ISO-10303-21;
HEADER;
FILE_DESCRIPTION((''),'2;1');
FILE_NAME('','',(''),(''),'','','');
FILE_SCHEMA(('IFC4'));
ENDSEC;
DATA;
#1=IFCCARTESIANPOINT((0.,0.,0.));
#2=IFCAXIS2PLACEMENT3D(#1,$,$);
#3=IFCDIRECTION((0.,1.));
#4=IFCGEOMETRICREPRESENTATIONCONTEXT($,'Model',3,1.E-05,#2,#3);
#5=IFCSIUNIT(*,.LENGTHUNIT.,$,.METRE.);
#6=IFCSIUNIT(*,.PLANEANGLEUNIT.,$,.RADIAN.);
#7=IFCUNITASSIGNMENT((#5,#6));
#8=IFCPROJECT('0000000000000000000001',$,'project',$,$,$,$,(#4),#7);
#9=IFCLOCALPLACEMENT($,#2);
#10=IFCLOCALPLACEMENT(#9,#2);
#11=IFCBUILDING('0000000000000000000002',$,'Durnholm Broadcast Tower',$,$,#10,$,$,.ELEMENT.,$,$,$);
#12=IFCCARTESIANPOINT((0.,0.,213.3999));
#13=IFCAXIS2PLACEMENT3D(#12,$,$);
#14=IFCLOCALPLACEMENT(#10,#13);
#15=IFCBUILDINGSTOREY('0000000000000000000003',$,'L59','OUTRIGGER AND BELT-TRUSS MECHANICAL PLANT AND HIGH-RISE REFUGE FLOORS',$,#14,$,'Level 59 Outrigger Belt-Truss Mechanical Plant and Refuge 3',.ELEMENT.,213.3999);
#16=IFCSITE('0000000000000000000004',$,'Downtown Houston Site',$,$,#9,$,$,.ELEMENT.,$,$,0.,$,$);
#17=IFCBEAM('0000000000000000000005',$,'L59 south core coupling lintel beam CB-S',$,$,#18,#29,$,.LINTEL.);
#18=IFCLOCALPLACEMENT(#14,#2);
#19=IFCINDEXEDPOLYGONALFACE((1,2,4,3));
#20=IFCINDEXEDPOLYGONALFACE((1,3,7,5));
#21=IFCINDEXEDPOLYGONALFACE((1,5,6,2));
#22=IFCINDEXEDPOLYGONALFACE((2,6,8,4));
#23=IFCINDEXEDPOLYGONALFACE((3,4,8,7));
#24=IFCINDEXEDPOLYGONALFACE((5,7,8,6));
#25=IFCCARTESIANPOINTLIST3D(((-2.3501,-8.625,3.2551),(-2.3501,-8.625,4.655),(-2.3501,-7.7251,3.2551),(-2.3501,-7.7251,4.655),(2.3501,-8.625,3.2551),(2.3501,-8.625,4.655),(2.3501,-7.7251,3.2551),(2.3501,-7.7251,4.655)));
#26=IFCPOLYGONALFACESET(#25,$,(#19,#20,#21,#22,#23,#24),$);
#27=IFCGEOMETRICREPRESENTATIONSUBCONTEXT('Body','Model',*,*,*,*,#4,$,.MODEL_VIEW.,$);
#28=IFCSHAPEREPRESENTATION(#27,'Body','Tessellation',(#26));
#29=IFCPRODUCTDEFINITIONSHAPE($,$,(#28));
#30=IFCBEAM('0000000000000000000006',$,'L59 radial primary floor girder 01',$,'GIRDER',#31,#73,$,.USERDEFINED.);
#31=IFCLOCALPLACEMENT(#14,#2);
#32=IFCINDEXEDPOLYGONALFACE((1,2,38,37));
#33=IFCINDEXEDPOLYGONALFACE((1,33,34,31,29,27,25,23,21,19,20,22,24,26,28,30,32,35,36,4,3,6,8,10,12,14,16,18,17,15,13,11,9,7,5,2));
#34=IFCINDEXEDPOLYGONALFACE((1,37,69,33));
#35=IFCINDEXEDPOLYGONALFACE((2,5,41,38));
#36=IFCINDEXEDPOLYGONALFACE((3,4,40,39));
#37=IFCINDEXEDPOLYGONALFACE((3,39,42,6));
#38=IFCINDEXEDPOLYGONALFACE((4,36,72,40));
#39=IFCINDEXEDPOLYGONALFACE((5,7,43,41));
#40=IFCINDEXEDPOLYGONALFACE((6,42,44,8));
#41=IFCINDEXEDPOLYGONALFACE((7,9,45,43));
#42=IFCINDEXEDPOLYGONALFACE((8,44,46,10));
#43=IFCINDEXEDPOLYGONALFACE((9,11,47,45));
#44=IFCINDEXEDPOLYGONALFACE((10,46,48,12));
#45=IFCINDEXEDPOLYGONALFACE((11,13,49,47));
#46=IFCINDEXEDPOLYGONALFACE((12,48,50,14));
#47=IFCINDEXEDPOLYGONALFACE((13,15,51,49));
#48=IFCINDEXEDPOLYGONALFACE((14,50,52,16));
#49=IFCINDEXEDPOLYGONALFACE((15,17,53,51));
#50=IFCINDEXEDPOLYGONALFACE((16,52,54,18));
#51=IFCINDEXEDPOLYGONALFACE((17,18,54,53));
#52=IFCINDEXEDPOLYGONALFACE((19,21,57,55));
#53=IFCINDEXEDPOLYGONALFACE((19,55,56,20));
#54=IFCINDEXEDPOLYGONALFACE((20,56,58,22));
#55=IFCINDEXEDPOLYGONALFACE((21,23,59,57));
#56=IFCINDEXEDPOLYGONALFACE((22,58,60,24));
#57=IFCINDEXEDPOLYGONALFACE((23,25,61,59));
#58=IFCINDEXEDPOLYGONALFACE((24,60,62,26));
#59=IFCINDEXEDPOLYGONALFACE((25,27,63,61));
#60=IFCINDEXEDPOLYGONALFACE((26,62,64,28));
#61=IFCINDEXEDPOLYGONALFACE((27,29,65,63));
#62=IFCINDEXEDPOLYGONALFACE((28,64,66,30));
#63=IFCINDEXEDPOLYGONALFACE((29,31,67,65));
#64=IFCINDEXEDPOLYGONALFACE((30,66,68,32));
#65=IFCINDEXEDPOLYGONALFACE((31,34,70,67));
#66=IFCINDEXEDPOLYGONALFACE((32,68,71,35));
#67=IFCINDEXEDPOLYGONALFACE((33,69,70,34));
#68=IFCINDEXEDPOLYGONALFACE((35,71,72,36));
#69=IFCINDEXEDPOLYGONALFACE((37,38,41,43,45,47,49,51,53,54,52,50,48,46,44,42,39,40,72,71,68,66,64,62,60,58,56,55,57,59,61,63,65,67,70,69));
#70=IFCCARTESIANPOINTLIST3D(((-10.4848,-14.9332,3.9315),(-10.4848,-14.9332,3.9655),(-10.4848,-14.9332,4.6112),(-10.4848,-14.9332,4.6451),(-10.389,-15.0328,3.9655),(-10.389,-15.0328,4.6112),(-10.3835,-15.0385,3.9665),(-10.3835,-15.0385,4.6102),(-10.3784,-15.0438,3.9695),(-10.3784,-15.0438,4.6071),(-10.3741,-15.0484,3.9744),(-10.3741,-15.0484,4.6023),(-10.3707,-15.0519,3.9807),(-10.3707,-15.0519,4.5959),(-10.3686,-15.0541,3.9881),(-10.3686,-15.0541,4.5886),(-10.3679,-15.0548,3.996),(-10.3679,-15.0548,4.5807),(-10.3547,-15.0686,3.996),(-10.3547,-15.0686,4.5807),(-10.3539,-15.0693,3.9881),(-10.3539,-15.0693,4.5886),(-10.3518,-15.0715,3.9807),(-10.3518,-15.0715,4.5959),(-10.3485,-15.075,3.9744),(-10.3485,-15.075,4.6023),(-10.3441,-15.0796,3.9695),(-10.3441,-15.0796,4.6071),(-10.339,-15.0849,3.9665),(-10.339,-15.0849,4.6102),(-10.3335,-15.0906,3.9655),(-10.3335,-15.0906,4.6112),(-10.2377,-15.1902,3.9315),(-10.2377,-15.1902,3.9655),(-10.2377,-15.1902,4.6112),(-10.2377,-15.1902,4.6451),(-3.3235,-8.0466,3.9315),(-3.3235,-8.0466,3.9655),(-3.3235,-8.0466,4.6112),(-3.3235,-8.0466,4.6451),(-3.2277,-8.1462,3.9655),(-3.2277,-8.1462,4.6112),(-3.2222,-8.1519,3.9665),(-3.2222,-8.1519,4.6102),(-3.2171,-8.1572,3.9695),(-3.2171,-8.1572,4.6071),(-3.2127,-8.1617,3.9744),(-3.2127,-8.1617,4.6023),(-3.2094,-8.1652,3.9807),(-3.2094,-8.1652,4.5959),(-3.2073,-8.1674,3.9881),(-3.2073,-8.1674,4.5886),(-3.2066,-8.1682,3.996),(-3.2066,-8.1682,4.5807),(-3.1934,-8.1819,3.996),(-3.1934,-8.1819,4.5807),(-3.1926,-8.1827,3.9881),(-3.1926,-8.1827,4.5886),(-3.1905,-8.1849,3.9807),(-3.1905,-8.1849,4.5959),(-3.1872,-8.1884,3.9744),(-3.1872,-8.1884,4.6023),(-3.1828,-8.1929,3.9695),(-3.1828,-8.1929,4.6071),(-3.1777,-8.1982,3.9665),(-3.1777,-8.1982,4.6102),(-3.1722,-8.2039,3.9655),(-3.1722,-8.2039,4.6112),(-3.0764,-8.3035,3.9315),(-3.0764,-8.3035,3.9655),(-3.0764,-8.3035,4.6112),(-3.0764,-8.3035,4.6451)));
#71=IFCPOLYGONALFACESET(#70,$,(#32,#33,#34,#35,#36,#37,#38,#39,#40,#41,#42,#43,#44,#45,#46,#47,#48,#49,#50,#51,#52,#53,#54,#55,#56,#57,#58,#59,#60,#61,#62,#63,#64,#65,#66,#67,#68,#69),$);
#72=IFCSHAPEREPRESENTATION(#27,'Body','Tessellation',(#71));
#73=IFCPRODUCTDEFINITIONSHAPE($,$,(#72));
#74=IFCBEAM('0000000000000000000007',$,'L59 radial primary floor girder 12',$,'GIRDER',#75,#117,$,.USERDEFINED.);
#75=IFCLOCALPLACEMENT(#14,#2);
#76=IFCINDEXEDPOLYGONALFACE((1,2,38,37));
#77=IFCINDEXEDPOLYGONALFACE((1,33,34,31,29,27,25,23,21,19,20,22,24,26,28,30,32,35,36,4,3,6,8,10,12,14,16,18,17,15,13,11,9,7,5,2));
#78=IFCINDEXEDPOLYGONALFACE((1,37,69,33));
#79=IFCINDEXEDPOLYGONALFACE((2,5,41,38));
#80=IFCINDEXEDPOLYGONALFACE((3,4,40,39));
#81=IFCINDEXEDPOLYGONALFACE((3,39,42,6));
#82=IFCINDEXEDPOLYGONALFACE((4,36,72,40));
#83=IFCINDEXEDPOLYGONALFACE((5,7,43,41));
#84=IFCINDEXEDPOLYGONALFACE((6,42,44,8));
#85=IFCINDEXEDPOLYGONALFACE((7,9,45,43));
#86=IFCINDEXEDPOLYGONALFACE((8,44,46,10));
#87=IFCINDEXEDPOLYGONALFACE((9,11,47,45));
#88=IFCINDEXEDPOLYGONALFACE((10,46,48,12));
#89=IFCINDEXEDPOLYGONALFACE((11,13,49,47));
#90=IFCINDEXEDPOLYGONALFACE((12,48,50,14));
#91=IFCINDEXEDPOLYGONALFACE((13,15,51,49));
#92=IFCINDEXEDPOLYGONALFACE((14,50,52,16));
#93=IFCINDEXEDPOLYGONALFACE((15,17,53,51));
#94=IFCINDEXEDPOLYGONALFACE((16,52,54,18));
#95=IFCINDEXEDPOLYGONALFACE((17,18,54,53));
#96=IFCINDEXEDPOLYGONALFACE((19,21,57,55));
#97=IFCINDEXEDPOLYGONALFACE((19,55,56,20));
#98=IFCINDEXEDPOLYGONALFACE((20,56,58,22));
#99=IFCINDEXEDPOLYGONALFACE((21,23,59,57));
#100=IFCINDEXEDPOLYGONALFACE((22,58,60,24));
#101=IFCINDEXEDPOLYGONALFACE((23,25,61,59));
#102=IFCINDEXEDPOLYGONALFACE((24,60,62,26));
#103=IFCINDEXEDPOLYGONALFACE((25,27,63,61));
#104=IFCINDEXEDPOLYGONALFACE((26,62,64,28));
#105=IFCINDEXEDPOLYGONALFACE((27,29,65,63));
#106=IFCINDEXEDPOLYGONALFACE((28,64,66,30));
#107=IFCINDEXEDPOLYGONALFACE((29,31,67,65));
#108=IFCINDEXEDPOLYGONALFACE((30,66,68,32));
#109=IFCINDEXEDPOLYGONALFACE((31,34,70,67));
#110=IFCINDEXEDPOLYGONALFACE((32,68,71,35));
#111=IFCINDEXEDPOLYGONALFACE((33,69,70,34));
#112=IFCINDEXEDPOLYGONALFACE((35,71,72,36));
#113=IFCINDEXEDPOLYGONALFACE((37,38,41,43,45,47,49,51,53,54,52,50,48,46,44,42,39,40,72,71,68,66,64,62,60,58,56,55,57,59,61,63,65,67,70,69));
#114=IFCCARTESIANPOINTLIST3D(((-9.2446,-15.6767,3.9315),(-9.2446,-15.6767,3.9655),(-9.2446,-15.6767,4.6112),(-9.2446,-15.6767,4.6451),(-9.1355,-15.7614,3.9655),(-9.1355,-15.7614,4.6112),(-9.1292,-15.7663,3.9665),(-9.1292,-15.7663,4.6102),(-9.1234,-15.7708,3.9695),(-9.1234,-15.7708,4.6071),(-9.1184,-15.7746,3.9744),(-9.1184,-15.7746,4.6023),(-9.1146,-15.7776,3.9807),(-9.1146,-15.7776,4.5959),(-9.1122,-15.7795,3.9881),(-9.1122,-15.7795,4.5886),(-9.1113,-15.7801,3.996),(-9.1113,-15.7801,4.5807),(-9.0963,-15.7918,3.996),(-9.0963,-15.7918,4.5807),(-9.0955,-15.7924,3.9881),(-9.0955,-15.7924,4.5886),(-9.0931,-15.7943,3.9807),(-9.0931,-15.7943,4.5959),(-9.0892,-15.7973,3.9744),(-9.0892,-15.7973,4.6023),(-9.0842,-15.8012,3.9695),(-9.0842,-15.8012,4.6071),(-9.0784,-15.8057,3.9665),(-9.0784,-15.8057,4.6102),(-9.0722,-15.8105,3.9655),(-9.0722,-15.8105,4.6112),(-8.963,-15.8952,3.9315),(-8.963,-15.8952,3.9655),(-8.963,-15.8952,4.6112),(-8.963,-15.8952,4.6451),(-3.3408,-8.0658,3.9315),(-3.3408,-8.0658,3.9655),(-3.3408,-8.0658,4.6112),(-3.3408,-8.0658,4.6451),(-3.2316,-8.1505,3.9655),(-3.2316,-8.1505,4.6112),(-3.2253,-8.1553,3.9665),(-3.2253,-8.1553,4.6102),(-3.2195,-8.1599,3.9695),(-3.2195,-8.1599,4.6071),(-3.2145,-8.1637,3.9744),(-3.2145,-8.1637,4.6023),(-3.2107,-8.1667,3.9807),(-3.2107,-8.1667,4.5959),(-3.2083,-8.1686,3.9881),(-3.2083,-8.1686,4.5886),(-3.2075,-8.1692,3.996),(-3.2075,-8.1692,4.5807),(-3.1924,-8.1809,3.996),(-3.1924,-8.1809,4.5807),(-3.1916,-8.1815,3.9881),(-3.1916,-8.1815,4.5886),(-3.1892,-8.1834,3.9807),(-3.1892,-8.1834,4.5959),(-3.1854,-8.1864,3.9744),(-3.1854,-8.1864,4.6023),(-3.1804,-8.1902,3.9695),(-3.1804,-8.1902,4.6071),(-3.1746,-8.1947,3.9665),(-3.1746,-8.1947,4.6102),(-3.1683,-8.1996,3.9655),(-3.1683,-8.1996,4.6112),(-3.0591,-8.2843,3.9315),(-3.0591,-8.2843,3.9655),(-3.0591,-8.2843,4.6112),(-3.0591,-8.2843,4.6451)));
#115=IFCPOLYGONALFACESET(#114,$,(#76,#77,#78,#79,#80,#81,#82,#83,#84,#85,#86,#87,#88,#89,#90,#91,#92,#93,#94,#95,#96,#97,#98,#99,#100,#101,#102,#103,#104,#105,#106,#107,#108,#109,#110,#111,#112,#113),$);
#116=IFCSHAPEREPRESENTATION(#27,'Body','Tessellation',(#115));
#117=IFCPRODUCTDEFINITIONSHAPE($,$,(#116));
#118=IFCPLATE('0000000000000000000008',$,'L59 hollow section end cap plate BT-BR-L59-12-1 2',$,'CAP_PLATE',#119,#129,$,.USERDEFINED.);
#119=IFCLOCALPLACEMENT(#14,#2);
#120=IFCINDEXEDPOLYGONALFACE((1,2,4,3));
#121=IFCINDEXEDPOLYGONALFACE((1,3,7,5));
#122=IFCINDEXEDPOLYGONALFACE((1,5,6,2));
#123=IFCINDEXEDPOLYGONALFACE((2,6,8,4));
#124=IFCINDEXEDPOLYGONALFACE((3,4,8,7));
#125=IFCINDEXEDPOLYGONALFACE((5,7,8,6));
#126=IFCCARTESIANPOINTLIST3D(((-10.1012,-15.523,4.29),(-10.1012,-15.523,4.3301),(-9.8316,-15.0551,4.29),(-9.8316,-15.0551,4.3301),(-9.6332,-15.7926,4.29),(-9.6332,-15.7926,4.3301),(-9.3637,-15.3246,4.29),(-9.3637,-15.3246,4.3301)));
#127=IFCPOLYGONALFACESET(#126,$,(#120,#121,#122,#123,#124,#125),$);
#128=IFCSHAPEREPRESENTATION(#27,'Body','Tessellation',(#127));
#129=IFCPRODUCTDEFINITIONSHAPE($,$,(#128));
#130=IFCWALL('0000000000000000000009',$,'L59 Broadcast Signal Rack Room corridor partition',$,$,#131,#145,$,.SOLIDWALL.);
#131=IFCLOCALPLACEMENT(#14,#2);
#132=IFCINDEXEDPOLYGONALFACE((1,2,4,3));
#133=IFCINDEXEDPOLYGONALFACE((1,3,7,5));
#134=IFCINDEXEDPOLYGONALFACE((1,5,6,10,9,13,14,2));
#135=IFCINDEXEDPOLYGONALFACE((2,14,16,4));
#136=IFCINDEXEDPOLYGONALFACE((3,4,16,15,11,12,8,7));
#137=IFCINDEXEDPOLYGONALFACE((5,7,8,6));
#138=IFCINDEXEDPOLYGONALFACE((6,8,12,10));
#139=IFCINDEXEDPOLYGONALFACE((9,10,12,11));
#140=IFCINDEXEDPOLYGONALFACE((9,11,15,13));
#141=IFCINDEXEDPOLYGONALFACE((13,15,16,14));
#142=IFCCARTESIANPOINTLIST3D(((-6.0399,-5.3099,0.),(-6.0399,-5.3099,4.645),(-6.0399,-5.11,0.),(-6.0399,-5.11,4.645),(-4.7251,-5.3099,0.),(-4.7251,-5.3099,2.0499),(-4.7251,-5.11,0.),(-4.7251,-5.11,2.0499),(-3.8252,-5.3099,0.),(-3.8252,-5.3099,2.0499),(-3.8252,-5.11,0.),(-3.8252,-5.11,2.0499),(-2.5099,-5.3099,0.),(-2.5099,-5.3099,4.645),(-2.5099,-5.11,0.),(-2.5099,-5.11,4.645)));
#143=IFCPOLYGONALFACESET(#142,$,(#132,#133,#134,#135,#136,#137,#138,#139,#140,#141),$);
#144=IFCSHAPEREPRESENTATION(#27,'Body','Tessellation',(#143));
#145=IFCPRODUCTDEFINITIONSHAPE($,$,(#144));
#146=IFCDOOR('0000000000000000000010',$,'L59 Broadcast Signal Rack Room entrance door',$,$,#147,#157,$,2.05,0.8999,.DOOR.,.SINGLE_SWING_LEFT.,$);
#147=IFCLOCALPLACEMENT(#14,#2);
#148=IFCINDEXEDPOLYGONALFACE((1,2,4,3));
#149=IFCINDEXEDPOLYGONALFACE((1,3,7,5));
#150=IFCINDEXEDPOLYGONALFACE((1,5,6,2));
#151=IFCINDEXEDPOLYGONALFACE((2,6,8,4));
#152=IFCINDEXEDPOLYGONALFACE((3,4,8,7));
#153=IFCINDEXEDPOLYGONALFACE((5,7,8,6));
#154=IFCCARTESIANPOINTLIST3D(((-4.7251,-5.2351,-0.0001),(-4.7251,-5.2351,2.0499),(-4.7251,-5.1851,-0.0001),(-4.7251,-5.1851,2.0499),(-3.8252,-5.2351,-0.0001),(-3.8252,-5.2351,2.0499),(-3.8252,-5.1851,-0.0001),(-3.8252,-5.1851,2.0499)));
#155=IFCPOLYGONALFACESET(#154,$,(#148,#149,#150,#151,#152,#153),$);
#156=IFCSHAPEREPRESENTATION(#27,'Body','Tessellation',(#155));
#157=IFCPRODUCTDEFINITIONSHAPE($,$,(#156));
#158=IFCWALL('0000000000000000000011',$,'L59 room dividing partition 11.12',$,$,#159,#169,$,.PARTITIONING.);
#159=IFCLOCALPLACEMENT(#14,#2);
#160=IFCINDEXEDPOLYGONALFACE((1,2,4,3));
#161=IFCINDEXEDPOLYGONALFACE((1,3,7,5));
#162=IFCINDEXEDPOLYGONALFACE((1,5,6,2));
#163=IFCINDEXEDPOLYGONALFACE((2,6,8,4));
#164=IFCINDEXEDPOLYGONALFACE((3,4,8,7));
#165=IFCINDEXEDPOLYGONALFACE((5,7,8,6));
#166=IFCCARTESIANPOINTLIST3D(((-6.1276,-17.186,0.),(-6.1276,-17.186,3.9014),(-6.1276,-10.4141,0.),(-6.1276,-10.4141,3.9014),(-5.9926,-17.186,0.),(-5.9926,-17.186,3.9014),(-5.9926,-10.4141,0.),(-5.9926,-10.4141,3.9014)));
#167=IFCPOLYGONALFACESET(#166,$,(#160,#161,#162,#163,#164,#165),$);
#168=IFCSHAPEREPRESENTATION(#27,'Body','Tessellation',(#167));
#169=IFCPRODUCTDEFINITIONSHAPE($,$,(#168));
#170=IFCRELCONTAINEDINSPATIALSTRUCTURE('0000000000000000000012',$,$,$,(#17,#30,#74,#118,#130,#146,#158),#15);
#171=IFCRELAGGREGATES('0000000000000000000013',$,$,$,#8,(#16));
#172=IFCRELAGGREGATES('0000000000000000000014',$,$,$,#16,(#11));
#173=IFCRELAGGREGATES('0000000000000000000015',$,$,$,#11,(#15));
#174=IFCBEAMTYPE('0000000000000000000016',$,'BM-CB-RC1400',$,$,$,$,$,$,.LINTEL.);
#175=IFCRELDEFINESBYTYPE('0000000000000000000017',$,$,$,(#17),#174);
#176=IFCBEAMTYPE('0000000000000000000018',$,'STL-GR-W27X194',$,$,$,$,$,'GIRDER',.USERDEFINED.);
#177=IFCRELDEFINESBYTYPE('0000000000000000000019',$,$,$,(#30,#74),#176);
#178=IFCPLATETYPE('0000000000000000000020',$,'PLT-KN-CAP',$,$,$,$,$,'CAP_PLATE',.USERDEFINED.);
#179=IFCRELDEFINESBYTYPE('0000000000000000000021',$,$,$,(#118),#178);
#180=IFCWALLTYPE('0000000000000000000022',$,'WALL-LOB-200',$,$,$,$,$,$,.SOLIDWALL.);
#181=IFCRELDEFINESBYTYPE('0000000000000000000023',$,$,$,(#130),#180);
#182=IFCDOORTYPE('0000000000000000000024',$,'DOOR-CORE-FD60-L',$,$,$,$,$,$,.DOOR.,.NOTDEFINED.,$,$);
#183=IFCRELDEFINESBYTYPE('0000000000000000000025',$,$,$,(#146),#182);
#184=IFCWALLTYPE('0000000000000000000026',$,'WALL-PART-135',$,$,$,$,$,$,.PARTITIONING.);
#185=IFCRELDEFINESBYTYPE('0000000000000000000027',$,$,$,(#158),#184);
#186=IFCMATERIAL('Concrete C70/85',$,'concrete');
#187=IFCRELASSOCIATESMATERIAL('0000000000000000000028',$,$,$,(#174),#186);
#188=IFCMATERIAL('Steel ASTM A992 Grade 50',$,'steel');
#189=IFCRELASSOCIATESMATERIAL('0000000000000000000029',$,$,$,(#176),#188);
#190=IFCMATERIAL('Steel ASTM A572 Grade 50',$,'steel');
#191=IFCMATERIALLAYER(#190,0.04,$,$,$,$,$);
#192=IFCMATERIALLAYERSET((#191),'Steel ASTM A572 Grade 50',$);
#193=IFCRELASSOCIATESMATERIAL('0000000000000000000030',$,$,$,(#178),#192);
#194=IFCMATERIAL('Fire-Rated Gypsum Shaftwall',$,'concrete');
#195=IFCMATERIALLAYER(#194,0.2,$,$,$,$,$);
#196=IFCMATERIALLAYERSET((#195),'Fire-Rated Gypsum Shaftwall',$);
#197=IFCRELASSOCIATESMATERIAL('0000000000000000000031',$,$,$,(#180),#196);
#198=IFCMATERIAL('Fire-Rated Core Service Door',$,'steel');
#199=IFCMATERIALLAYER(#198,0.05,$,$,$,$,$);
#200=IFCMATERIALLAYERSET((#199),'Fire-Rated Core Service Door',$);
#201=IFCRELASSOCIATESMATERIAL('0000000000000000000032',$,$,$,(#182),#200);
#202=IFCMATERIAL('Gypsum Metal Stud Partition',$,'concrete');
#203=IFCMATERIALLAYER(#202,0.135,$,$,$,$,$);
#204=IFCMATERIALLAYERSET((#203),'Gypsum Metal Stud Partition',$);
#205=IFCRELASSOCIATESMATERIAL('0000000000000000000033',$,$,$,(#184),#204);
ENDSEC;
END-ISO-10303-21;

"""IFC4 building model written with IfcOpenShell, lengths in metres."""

from ifc_helpers import new_model, si_unit, direction, frame, frame_2d, origin, origin_2d, place, context, subcontext, project, spatial, rectangle, i_section, extrude, source, transform, mapped, material, layer, layer_set, material_profile, profile_set, type_object, type_shapes, element, fill, save


model = new_model("IFC4")

# Units and contexts
model_context = context("Model", 3, precision=1e-05, world=origin(), true_north=direction((0.0, 1.0)))
body_context = subcontext(model_context, "Body", "Model", "MODEL_VIEW")
ifc_project = project(units=[si_unit("LENGTHUNIT", "METRE"), si_unit("PLANEANGLEUNIT", "RADIAN")], contexts=[model_context])

# Site, building, storey
site_placement = place(None, origin())
site = spatial("IfcSite", under=ifc_project, at=site_placement, Name="Downtown Houston Site", CompositionType="ELEMENT", RefElevation=0.0)
building_placement = place(site_placement, origin())
building = spatial("IfcBuilding", under=site, at=building_placement, Name="Durnholm Broadcast Tower", CompositionType="ELEMENT")
storey_placement = place(building_placement, frame((0.0, 0.0, 213.3999)))
storey = spatial("IfcBuildingStorey", under=building, at=storey_placement, Name="L59", Description="OUTRIGGER AND BELT-TRUSS MECHANICAL PLANT AND HIGH-RISE REFUGE FLOORS", LongName="Level 59 Outrigger Belt-Truss Mechanical Plant and Refuge 3", CompositionType="ELEMENT", Elevation=213.3999)

# Beams
ifc_material_1 = material(Name="Concrete C70/85", Category="concrete")
ifc_material_profile_1 = material_profile(ifc_material_1, rectangle(XDim=0.8999, YDim=1.3999, at=origin_2d()), Name="RC900X1400")
ifc_profile_set_1 = profile_set([ifc_material_profile_1], Name="Concrete C70/85")
beam_type_1 = type_object("IfcBeamType", Name="BM-CB-RC1400", PredefinedType="LINTEL", material=ifc_profile_set_1)
shared_shape_1 = source(origin(), body_context, "Body", "SweptSolid", [
    extrude(rectangle(XDim=0.8999, YDim=1.3999, at=origin_2d()), origin(), (0.0, 0.0, 1.0), 4.7002),
])
type_shapes(beam_type_1, [shared_shape_1])
beam_1_placement = place(storey_placement, frame((-2.3501, -8.175, 3.9551), z_axis=(1.0, 0.0, 0.0), x_axis=(0.0, 1.0, 0.0)))
element("IfcBeam", 1, at=beam_1_placement, inside=storey, type_object=beam_type_1, Name="L59 south core coupling lintel beam CB-S", PredefinedType="LINTEL", context=body_context, shape_type="MappedRepresentation", body=[
    mapped(shared_shape_1, transform((0.0, 0.0, 0.0), x_axis=(1.0, 0.0, 0.0), y_axis=(0.0, 1.0, 0.0), z_axis=(0.0, 0.0, 1.0), scale=1.0)),
])
ifc_material_2 = material(Name="Steel ASTM A992 Grade 50", Category="steel")
ifc_material_profile_2 = material_profile(ifc_material_2, i_section(OverallWidth=0.3564, OverallDepth=0.7136, WebThickness=0.019, FlangeThickness=0.0339, FilletRadius=0.0305, at=origin_2d()), Name="W27X194")
ifc_profile_set_2 = profile_set([ifc_material_profile_2], Name="Steel ASTM A992 Grade 50")
beam_type_2 = type_object("IfcBeamType", Name="STL-GR-W27X194", ElementType="GIRDER", PredefinedType="USERDEFINED", material=ifc_profile_set_2)
shared_shape_2 = source(origin(), body_context, "Body", "SweptSolid", [
    extrude(i_section(OverallWidth=0.3564, OverallDepth=0.7136, WebThickness=0.019, FlangeThickness=0.0339, FilletRadius=0.0305, at=origin_2d()), origin(), (0.0, 0.0, 1.0), 9.9353),
])
beam_2_placement = place(storey_placement, frame((-3.2, -8.175, 4.2883), z_axis=(-0.720794, -0.693149, 0.0), x_axis=(0.693149, -0.720794, 0.0)))
element("IfcBeam", 2, at=beam_2_placement, inside=storey, type_object=beam_type_2, Name="L59 radial primary floor girder 01", ObjectType="GIRDER", PredefinedType="USERDEFINED", context=body_context, shape_type="MappedRepresentation", body=[
    mapped(shared_shape_2, transform((0.0, 0.0, 0.0), x_axis=(1.0, 0.0, 0.0), y_axis=(0.0, 1.0, 0.0), z_axis=(0.0, 0.0, 1.0), scale=1.0)),
])
shared_shape_3 = source(origin(), body_context, "Body", "SweptSolid", [
    extrude(i_section(OverallWidth=0.3564, OverallDepth=0.7136, WebThickness=0.019, FlangeThickness=0.0339, FilletRadius=0.0305, at=origin_2d()), origin(), (0.0, 0.0, 1.0), 9.6323),
])
type_shapes(beam_type_2, [shared_shape_2, shared_shape_3])
beam_3_placement = place(storey_placement, frame((-3.2, -8.175, 4.2883), z_axis=(-0.612922, -0.790143, 0.0), x_axis=(0.790143, -0.612922, 0.0)))
element("IfcBeam", 3, at=beam_3_placement, inside=storey, type_object=beam_type_2, Name="L59 radial primary floor girder 12", ObjectType="GIRDER", PredefinedType="USERDEFINED", context=body_context, shape_type="MappedRepresentation", body=[
    mapped(shared_shape_3, transform((0.0, 0.0, 0.0), x_axis=(1.0, 0.0, 0.0), y_axis=(0.0, 1.0, 0.0), z_axis=(0.0, 0.0, 1.0), scale=1.0)),
])

# Plate
ifc_material_3 = material(Name="Steel ASTM A572 Grade 50", Category="steel")
ifc_layer_1 = layer(ifc_material_3, 0.04)
ifc_layer_set_1 = layer_set([ifc_layer_1], Name="Steel ASTM A572 Grade 50")
plate_type = type_object("IfcPlateType", Name="PLT-KN-CAP", ElementType="CAP_PLATE", PredefinedType="USERDEFINED", material=ifc_layer_set_1)
shared_shape_4 = source(origin(), body_context, "Body", "SweptSolid", [
    extrude(rectangle(XDim=0.54, YDim=0.54, at=origin_2d()), origin(), (0.0, 0.0, 1.0), 0.04),
])
type_shapes(plate_type, [shared_shape_4])
plate_placement = place(storey_placement, frame((-9.7324, -15.4238, 4.29), z_axis=(0.0, 0.0, 1.0), x_axis=(-0.866549, 0.499093, 0.0)))
element("IfcPlate", 4, at=plate_placement, inside=storey, type_object=plate_type, Name="L59 hollow section end cap plate BT-BR-L59-12-1 2", ObjectType="CAP_PLATE", PredefinedType="USERDEFINED", context=body_context, shape_type="MappedRepresentation", body=[
    mapped(shared_shape_4, transform((0.0, 0.0, 0.0), x_axis=(1.0, 0.0, 0.0), y_axis=(0.0, 1.0, 0.0), z_axis=(0.0, 0.0, 1.0), scale=1.0)),
])

# Wall, opening, door
ifc_material_4 = material(Name="Fire-Rated Gypsum Shaftwall", Category="concrete")
ifc_layer_2 = layer(ifc_material_4, 0.2)
ifc_layer_set_2 = layer_set([ifc_layer_2], Name="Fire-Rated Gypsum Shaftwall")
wall_type_1 = type_object("IfcWallType", Name="WALL-LOB-200", PredefinedType="SOLIDWALL", material=ifc_layer_set_2)
wall_1_placement = place(storey_placement, frame((-6.04, -5.21, 0.0), z_axis=(0.0, 0.0, 1.0), x_axis=(1.0, 0.0, 0.0)))
wall_1 = element("IfcWall", 5, at=wall_1_placement, inside=storey, type_object=wall_type_1, Name="L59 Broadcast Signal Rack Room corridor partition", PredefinedType="SOLIDWALL", context=body_context, shape_type="SweptSolid", body=[
    extrude(rectangle(XDim=3.53, YDim=0.2, at=frame_2d((1.7651, 0.0))), origin(), (0.0, 0.0, 1.0), 4.645),
])
opening_1_placement = place(wall_1_placement, frame((1.3149, 0.0, 0.0)))
opening_1 = element("IfcOpeningElement", 6, at=opening_1_placement, cuts=wall_1, PredefinedType="OPENING", context=body_context, shape_type="SweptSolid", body=[
    extrude(rectangle(XDim=0.8999, YDim=2.05, at=frame_2d((0.45, 1.0249))), frame((0.0, 0.1099, 0.0), z_axis=(0.0, -1.0, 0.0), x_axis=(1.0, 0.0, 0.0)), (0.0, 0.0, 1.0), 0.22),
])
ifc_material_5 = material(Name="Fire-Rated Core Service Door", Category="steel")
ifc_layer_3 = layer(ifc_material_5, 0.05)
ifc_layer_set_3 = layer_set([ifc_layer_3], Name="Fire-Rated Core Service Door")
door_type_1 = type_object("IfcDoorType", Name="DOOR-CORE-FD60-L", OperationType="NOTDEFINED", PredefinedType="DOOR", material=ifc_layer_set_3)
shared_shape_5 = source(origin(), body_context, "Body", "SweptSolid", [
    extrude(rectangle(XDim=0.8999, YDim=2.05, at=frame_2d((0.45, 1.0249))), frame((0.0, 0.0249, 0.0), z_axis=(0.0, -1.0, 0.0), x_axis=(1.0, 0.0, 0.0)), (0.0, 0.0, 1.0), 0.05),
])
type_shapes(door_type_1, [shared_shape_5])
door_1_placement = place(opening_1_placement, origin())
door_1 = element("IfcDoor", 7, at=door_1_placement, inside=storey, type_object=door_type_1, Name="L59 Broadcast Signal Rack Room entrance door", OperationType="SINGLE_SWING_LEFT", OverallHeight=2.05, OverallWidth=0.8999, PredefinedType="DOOR", context=body_context, shape_type="MappedRepresentation", body=[
    mapped(shared_shape_5, transform((0.0, 0.0, 0.0), x_axis=(1.0, 0.0, 0.0), y_axis=(0.0, 1.0, 0.0), z_axis=(0.0, 0.0, 1.0), scale=1.0)),
])
fill(opening_1, door_1)

# Wall
ifc_material_6 = material(Name="Gypsum Metal Stud Partition", Category="concrete")
ifc_layer_4 = layer(ifc_material_6, 0.135)
ifc_layer_set_4 = layer_set([ifc_layer_4], Name="Gypsum Metal Stud Partition")
wall_type_2 = type_object("IfcWallType", Name="WALL-PART-135", PredefinedType="PARTITIONING", material=ifc_layer_set_4)
wall_2_placement = place(storey_placement, frame((-6.0601, -10.4141, 0.0), z_axis=(0.0, 0.0, 1.0), x_axis=(0.0, -1.0, 0.0)))
element("IfcWall", 8, at=wall_2_placement, inside=storey, type_object=wall_type_2, Name="L59 room dividing partition 11.12", PredefinedType="PARTITIONING", context=body_context, shape_type="SweptSolid", body=[
    extrude(rectangle(XDim=6.772, YDim=0.135, at=frame_2d((3.386, 0.0))), origin(), (0.0, 0.0, 1.0), 3.9014),
])

save(model, "model.ifc")
